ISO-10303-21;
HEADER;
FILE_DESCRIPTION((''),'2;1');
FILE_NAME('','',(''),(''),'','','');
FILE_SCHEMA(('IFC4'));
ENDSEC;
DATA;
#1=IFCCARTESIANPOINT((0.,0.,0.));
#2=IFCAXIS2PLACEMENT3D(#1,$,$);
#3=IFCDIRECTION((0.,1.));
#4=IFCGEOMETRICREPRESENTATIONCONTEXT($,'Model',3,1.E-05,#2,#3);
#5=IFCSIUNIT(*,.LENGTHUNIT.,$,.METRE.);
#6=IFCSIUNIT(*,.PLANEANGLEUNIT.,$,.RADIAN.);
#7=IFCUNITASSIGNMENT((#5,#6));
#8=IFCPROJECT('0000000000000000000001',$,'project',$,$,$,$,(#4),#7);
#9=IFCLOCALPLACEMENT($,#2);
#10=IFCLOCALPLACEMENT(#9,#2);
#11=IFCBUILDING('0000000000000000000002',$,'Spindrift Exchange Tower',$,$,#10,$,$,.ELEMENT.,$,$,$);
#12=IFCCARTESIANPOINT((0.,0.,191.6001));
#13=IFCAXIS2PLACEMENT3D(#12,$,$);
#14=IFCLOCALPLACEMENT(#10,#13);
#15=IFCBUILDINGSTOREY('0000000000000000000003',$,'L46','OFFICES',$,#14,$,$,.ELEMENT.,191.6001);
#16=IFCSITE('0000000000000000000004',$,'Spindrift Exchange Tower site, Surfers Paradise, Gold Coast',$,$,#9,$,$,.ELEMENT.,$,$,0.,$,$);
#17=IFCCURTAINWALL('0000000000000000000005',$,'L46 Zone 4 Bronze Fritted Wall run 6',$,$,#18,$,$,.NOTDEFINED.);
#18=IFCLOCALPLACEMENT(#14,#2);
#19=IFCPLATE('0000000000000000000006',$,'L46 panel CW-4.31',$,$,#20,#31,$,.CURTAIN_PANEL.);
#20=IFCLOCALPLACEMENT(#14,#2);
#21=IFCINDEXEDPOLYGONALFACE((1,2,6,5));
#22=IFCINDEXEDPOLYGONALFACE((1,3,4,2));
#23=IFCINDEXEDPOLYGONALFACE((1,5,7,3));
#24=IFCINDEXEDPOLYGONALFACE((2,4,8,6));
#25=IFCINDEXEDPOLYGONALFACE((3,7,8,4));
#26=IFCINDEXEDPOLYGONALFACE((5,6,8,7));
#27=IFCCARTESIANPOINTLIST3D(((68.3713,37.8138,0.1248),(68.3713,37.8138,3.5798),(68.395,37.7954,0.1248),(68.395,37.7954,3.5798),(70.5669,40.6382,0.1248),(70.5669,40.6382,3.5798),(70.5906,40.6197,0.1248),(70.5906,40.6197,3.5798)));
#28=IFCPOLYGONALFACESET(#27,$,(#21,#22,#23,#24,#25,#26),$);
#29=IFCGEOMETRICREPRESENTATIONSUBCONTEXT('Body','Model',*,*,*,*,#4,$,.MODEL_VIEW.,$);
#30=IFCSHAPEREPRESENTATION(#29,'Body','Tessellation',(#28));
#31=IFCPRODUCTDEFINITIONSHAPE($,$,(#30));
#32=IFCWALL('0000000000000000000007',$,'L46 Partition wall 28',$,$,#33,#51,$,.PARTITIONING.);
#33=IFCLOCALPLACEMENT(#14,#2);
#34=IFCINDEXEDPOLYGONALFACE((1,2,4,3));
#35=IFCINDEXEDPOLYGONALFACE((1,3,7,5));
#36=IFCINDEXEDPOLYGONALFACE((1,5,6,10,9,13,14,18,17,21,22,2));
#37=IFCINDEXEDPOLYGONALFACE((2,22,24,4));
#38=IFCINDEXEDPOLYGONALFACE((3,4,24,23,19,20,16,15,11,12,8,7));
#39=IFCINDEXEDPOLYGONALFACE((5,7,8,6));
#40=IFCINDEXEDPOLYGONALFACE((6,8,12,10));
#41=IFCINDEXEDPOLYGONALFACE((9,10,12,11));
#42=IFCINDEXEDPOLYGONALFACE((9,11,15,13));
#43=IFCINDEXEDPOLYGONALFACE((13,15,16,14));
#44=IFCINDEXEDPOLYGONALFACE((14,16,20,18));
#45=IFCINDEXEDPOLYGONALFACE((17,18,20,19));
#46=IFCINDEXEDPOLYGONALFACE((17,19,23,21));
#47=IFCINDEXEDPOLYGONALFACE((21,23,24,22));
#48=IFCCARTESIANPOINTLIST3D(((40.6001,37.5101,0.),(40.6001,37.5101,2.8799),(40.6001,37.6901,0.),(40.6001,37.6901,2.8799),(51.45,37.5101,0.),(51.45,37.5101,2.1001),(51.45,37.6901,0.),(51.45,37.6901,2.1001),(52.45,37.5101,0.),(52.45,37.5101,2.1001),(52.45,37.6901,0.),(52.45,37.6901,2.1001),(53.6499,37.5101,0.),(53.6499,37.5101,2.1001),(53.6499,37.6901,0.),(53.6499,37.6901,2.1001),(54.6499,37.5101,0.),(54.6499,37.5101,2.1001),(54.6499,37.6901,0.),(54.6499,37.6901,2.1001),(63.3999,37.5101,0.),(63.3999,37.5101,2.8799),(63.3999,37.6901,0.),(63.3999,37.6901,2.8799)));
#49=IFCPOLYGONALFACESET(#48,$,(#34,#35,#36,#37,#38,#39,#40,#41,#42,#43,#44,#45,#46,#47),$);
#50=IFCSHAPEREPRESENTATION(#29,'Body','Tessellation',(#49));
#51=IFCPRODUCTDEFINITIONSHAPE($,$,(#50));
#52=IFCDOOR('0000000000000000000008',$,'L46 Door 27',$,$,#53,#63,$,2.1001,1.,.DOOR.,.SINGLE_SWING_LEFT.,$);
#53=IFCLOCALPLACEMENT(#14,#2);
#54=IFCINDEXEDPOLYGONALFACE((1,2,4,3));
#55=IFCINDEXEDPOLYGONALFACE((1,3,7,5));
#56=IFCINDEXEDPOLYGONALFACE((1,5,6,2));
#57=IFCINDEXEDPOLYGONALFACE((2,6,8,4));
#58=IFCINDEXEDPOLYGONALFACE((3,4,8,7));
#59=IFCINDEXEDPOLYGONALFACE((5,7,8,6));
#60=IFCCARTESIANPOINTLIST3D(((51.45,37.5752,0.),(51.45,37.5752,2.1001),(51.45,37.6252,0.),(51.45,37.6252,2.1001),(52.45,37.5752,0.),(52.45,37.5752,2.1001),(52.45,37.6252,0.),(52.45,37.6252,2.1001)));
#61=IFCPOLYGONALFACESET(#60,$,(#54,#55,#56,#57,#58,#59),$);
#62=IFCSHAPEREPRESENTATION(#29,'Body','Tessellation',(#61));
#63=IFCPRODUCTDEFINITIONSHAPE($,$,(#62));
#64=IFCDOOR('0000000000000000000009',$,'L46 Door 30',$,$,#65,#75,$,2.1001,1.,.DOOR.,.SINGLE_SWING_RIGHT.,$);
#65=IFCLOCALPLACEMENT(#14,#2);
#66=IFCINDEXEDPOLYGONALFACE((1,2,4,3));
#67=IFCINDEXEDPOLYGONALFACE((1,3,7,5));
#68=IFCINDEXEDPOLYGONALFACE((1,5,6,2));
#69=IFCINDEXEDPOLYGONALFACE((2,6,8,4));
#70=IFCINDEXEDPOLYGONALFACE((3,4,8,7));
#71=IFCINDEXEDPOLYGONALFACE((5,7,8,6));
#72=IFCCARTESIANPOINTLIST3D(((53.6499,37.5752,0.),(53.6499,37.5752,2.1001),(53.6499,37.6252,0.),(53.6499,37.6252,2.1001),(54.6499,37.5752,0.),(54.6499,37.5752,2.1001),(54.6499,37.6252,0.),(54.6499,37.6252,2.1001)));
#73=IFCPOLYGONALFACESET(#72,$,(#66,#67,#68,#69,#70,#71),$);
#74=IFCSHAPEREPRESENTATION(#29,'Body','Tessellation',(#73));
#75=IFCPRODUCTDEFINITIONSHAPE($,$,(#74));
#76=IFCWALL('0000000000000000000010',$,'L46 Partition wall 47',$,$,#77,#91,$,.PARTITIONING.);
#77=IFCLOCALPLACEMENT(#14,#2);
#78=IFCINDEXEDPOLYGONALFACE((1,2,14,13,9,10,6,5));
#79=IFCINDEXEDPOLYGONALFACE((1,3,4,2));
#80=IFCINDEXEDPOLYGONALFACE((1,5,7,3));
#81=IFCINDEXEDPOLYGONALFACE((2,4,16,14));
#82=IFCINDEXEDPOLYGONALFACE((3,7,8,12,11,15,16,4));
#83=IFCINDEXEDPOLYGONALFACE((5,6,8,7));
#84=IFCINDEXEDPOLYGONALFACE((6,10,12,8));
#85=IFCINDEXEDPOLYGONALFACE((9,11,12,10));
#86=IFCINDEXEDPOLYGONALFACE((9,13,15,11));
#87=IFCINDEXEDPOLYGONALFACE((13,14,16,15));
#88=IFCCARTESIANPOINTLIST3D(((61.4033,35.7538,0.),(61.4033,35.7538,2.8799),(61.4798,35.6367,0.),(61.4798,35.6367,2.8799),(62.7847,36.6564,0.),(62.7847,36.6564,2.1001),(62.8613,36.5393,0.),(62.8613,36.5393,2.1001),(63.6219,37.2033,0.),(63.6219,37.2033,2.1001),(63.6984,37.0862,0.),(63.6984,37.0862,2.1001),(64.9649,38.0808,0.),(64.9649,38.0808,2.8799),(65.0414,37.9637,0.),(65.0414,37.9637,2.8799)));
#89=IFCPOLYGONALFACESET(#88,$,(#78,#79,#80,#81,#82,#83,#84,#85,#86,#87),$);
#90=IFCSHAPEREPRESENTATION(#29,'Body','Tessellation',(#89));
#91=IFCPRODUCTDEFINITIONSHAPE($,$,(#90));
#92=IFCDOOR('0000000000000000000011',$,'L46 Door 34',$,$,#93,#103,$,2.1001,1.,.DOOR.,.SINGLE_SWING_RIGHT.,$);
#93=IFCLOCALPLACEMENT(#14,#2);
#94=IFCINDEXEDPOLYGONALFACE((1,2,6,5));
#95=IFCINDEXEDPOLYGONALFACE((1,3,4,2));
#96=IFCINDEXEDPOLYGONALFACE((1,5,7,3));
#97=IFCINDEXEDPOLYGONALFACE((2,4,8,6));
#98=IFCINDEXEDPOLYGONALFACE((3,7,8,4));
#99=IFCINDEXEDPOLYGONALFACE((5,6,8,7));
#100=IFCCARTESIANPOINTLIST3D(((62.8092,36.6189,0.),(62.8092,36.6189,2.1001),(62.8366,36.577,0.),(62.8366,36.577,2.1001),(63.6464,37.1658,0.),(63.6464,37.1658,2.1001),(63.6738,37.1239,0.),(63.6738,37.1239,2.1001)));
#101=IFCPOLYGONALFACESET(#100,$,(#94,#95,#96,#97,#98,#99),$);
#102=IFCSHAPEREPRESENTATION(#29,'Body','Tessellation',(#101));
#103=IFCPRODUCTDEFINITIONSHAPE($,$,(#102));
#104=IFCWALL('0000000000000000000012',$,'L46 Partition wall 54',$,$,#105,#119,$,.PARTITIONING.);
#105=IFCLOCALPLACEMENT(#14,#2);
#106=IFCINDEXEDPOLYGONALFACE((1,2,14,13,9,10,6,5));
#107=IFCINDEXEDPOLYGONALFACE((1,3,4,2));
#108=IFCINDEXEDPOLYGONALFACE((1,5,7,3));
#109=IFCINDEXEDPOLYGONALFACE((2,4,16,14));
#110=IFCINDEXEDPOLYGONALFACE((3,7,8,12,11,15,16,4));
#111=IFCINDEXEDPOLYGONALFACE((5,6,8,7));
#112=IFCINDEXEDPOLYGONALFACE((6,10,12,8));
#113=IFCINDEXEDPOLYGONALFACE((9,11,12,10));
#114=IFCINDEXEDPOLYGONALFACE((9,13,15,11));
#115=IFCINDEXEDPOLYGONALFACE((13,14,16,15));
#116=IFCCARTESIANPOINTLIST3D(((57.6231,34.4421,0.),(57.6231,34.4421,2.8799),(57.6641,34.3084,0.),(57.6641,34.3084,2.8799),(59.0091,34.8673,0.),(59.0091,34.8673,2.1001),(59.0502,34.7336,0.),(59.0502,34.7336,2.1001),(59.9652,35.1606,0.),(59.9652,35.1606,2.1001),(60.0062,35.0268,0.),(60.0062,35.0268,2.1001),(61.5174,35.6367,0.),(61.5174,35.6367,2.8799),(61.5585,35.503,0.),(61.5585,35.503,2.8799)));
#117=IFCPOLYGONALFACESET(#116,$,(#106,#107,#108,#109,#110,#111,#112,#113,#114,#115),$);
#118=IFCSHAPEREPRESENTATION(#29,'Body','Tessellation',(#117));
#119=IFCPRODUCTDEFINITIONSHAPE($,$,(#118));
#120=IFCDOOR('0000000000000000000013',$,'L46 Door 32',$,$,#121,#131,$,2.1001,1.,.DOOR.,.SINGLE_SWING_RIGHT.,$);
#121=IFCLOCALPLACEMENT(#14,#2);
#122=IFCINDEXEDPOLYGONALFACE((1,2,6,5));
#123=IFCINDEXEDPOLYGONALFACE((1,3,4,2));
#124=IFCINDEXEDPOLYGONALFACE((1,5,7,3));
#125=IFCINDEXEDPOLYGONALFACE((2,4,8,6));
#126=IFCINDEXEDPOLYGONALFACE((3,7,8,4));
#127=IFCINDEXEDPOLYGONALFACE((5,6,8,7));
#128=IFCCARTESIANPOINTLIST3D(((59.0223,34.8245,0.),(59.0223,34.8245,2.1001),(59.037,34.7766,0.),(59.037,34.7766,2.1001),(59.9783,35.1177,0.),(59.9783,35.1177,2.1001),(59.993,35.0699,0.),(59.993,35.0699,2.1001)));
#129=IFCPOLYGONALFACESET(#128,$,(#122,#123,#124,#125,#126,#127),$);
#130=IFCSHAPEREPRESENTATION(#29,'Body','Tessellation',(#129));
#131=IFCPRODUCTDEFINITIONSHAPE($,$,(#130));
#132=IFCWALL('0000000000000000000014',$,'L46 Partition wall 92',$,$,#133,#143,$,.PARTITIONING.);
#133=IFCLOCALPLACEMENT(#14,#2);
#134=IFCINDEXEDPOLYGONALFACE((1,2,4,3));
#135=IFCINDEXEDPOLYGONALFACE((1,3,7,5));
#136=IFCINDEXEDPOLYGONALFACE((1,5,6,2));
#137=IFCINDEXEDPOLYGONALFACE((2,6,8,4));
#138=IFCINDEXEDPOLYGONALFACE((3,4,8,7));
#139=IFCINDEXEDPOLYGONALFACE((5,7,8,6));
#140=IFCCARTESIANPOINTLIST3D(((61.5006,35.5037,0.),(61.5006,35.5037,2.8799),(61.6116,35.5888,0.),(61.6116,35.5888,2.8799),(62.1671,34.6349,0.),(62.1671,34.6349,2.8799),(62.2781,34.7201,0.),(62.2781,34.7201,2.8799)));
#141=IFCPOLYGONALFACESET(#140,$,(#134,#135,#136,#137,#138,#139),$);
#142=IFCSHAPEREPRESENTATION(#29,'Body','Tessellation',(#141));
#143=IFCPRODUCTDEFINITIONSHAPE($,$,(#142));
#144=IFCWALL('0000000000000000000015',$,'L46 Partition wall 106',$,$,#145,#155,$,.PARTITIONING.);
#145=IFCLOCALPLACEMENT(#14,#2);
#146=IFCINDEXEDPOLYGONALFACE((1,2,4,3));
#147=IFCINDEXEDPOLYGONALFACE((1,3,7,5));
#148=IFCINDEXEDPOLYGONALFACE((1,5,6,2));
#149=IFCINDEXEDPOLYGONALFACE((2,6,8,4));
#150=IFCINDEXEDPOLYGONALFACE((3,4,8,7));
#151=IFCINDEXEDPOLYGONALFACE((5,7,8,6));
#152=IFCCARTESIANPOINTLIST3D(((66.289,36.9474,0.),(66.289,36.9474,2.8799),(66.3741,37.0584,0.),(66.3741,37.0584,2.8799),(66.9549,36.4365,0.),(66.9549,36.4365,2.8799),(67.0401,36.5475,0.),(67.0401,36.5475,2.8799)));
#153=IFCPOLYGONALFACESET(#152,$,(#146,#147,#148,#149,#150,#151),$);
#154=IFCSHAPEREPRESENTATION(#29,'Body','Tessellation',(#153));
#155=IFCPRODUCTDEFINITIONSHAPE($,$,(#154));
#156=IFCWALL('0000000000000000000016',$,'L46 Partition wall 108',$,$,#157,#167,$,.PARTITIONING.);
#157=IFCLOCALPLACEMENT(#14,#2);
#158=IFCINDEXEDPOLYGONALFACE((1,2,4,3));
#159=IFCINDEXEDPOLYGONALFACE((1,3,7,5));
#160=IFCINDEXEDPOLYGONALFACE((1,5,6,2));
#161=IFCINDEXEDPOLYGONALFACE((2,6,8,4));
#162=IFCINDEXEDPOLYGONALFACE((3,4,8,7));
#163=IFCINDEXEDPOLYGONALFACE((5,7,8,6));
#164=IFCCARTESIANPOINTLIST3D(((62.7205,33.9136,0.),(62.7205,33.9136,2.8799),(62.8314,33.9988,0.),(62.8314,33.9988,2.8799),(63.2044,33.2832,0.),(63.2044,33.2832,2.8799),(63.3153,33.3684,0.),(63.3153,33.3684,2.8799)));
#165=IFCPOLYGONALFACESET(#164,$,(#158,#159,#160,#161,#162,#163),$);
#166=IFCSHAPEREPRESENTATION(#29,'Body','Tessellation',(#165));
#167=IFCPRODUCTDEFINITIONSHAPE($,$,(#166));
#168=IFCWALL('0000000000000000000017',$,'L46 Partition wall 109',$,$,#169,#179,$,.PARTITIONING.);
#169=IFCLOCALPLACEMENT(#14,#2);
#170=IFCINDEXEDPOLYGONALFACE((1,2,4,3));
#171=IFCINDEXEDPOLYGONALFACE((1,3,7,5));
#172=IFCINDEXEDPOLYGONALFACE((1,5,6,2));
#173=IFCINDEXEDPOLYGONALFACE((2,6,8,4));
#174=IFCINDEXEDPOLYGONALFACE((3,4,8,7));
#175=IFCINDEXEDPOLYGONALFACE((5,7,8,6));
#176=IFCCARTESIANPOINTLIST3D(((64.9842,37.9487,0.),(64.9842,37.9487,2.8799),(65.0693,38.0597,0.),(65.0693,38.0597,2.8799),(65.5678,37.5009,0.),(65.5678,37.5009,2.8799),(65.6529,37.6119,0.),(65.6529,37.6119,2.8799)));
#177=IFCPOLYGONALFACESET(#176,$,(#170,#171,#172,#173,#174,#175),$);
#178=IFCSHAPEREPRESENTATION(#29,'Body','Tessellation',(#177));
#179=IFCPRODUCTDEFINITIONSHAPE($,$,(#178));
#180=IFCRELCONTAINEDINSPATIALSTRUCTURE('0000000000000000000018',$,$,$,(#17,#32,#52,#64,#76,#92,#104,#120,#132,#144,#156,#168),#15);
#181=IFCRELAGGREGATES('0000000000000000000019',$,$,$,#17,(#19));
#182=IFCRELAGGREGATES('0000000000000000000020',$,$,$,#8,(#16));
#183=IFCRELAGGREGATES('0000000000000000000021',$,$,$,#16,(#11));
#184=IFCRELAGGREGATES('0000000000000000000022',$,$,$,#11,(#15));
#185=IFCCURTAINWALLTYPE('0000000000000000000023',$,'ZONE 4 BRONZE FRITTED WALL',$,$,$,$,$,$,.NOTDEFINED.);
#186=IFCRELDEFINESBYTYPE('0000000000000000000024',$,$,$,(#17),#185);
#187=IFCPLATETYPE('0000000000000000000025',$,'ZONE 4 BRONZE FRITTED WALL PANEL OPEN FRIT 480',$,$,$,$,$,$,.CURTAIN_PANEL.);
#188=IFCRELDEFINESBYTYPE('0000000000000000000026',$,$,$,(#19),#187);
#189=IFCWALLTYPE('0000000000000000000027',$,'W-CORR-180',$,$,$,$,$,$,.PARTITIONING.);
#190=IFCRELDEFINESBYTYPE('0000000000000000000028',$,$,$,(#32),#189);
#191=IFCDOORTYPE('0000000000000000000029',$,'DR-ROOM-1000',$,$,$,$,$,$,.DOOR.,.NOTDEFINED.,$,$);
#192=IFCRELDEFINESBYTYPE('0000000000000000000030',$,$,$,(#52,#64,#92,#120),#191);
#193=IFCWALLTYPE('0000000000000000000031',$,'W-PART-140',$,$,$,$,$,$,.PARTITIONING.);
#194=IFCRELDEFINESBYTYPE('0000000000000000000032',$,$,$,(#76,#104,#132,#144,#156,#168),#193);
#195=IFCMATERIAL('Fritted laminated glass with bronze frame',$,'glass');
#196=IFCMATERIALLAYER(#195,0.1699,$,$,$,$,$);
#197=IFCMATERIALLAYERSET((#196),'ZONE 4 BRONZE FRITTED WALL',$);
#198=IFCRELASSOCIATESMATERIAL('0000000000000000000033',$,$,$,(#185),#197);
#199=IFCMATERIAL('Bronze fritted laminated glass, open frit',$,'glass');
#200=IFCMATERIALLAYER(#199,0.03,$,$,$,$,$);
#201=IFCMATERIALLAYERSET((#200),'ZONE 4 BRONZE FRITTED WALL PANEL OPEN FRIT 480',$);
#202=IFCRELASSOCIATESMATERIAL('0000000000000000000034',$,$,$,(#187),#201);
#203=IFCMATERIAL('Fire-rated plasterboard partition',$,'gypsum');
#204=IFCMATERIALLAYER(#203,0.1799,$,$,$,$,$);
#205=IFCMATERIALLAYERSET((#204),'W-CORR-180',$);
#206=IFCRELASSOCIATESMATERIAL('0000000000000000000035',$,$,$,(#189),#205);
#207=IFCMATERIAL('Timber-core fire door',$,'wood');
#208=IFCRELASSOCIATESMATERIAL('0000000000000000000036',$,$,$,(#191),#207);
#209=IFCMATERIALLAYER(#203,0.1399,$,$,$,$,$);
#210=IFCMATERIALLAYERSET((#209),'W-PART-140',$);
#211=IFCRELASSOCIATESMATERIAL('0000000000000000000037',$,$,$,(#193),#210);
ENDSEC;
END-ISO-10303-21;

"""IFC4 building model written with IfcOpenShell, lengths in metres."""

from ifc_helpers import new_model, si_unit, direction, frame, frame_2d, origin, origin_2d, place, context, subcontext, project, spatial, rectangle, extrude, source, transform, mapped, material, layer, layer_set, type_object, element, fill, aggregate, save


model = new_model("IFC4")

# Units and contexts
model_context = context("Model", 3, precision=1e-05, world=origin(), true_north=direction((0.0, 1.0)))
body_context = subcontext(model_context, "Body", "Model", "MODEL_VIEW")
ifc_project = project(units=[si_unit("LENGTHUNIT", "METRE"), si_unit("PLANEANGLEUNIT", "RADIAN")], contexts=[model_context])

# Site, building, storey
site_placement = place(None, origin())
site = spatial("IfcSite", under=ifc_project, at=site_placement, Name="Spindrift Exchange Tower site, Surfers Paradise, Gold Coast", CompositionType="ELEMENT", RefElevation=0.0)
building_placement = place(site_placement, origin())
building = spatial("IfcBuilding", under=site, at=building_placement, Name="Spindrift Exchange Tower", CompositionType="ELEMENT")
storey_placement = place(building_placement, frame((0.0, 0.0, 191.6001)))
storey = spatial("IfcBuildingStorey", under=building, at=storey_placement, Name="L46", Description="OFFICES", CompositionType="ELEMENT", Elevation=191.6001)

# Shared definitions
ifc_material_1 = material(Name="Fritted laminated glass with bronze frame", Category="glass")
ifc_layer_1 = layer(ifc_material_1, 0.1699)
ifc_layer_set_1 = layer_set([ifc_layer_1], Name="ZONE 4 BRONZE FRITTED WALL")
curtain_wall_type = type_object("IfcCurtainWallType", Name="ZONE 4 BRONZE FRITTED WALL", PredefinedType="NOTDEFINED", material=ifc_layer_set_1)

# Curtain wall
curtain_wall_1_placement = place(storey_placement, origin())
curtain_wall_1 = element("IfcCurtainWall", 1, at=curtain_wall_1_placement, inside=storey, type_object=curtain_wall_type, Name="L46 Zone 4 Bronze Fritted Wall run 6", PredefinedType="NOTDEFINED")

# Plate
ifc_material_2 = material(Name="Bronze fritted laminated glass, open frit", Category="glass")
ifc_layer_2 = layer(ifc_material_2, 0.03)
ifc_layer_set_2 = layer_set([ifc_layer_2], Name="ZONE 4 BRONZE FRITTED WALL PANEL OPEN FRIT 480")
plate_type_1 = type_object("IfcPlateType", Name="ZONE 4 BRONZE FRITTED WALL PANEL OPEN FRIT 480", PredefinedType="CURTAIN_PANEL", material=ifc_layer_set_2)
shared_shape_1 = source(origin(), body_context, "Body", "SweptSolid", [
    extrude(rectangle(XDim=3.5774, YDim=0.03, at=origin_2d()), origin(), (0.0, 0.0, 1.0), 3.4551),
])
plate_1_placement = place(storey_placement, frame((69.481, 39.2168, 0.1248), z_axis=(0.0, 0.0, 1.0), x_axis=(0.613756, 0.789496, 0.0)))
plate_1 = element("IfcPlate", 2, at=plate_1_placement, type_object=plate_type_1, Name="L46 panel CW-4.31", PredefinedType="CURTAIN_PANEL", context=body_context, shape_type="MappedRepresentation", body=[
    mapped(shared_shape_1, transform((0.0, 0.0, 0.0), scale=1.0)),
])
aggregate(curtain_wall_1, [plate_1])

# Wall, openings, doors
ifc_material_3 = material(Name="Fire-rated plasterboard partition", Category="gypsum")
ifc_layer_3 = layer(ifc_material_3, 0.1799)
ifc_layer_set_3 = layer_set([ifc_layer_3], Name="W-CORR-180")
wall_type_1 = type_object("IfcWallType", Name="W-CORR-180", PredefinedType="PARTITIONING", material=ifc_layer_set_3)
wall_1_placement = place(storey_placement, frame((63.3999, 37.6001, 0.0), z_axis=(0.0, 0.0, 1.0), x_axis=(-1.0, 0.0, 0.0)))
wall_1 = element("IfcWall", 3, at=wall_1_placement, inside=storey, type_object=wall_type_1, Name="L46 Partition wall 28", PredefinedType="PARTITIONING", context=body_context, shape_type="SweptSolid", body=[
    extrude(rectangle(XDim=22.7998, YDim=0.1799, at=frame_2d((11.3999, 0.0))), origin(), (0.0, 0.0, 1.0), 2.8799),
])
opening_1_placement = place(wall_1_placement, frame((10.95, 0.0, 0.0)))
opening_1 = element("IfcOpeningElement", 4, at=opening_1_placement, cuts=wall_1, PredefinedType="OPENING", context=body_context, shape_type="SweptSolid", body=[
    extrude(rectangle(XDim=1.0, YDim=2.1001, at=frame_2d((0.5, 1.05))), frame((0.0, 0.0999, 0.0), z_axis=(0.0, -1.0, 0.0), x_axis=(1.0, 0.0, 0.0)), (0.0, 0.0, 1.0), 0.2),
])
opening_2_placement = place(wall_1_placement, frame((8.75, 0.0, 0.0)))
opening_2 = element("IfcOpeningElement", 5, at=opening_2_placement, cuts=wall_1, PredefinedType="OPENING", context=body_context, shape_type="SweptSolid", body=[
    extrude(rectangle(XDim=1.0, YDim=2.1001, at=frame_2d((0.5, 1.05))), frame((0.0, 0.0999, 0.0), z_axis=(0.0, -1.0, 0.0), x_axis=(1.0, 0.0, 0.0)), (0.0, 0.0, 1.0), 0.2),
])
ifc_material_4 = material(Name="Timber-core fire door", Category="wood")
door_type = type_object("IfcDoorType", Name="DR-ROOM-1000", OperationType="NOTDEFINED", PredefinedType="DOOR", material=ifc_material_4)
shared_shape_2 = source(origin(), body_context, "Body", "SweptSolid", [
    extrude(rectangle(XDim=1.0, YDim=2.1001, at=frame_2d((0.5, 1.05))), frame((0.0, 0.0249, 0.0), z_axis=(0.0, -1.0, 0.0), x_axis=(1.0, 0.0, 0.0)), (0.0, 0.0, 1.0), 0.05),
])
door_1_placement = place(opening_1_placement, origin())
door_1 = element("IfcDoor", 6, at=door_1_placement, inside=storey, type_object=door_type, Name="L46 Door 27", OperationType="SINGLE_SWING_LEFT", OverallHeight=2.1001, OverallWidth=1.0, PredefinedType="DOOR", context=body_context, shape_type="MappedRepresentation", body=[
    mapped(shared_shape_2, transform((0.0, 0.0, 0.0), scale=1.0)),
])
fill(opening_1, door_1)
door_2_placement = place(opening_2_placement, origin())
door_2 = element("IfcDoor", 7, at=door_2_placement, inside=storey, type_object=door_type, Name="L46 Door 30", OperationType="SINGLE_SWING_RIGHT", OverallHeight=2.1001, OverallWidth=1.0, PredefinedType="DOOR", context=body_context, shape_type="MappedRepresentation", body=[
    mapped(shared_shape_2, transform((0.0, 0.0, 0.0), scale=1.0)),
])
fill(opening_2, door_2)

# Walls, openings, doors
ifc_layer_4 = layer(ifc_material_3, 0.1399)
ifc_layer_set_4 = layer_set([ifc_layer_4], Name="W-PART-140")
wall_type_2 = type_object("IfcWallType", Name="W-PART-140", PredefinedType="PARTITIONING", material=ifc_layer_set_4)
wall_2_placement = place(storey_placement, frame((65.0032, 38.0222, 0.0), z_axis=(0.0, 0.0, 1.0), x_axis=(-0.837162, -0.546956, 0.0)))
wall_2 = element("IfcWall", 8, at=wall_2_placement, inside=storey, type_object=wall_type_2, Name="L46 Partition wall 47", PredefinedType="PARTITIONING", context=body_context, shape_type="SweptSolid", body=[
    extrude(rectangle(XDim=4.2544, YDim=0.1399, at=frame_2d((2.1272, 0.0))), origin(), (0.0, 0.0, 1.0), 2.8799),
])
opening_3_placement = place(wall_2_placement, frame((1.6042, 0.0, 0.0)))
opening_3 = element("IfcOpeningElement", 9, at=opening_3_placement, cuts=wall_2, PredefinedType="OPENING", context=body_context, shape_type="SweptSolid", body=[
    extrude(rectangle(XDim=1.0, YDim=2.1001, at=frame_2d((0.5, 1.05))), frame((0.0, 0.0798, 0.0), z_axis=(0.0, -1.0, 0.0), x_axis=(1.0, 0.0, 0.0)), (0.0, 0.0, 1.0), 0.1599),
])
door_3_placement = place(opening_3_placement, origin())
door_3 = element("IfcDoor", 10, at=door_3_placement, inside=storey, type_object=door_type, Name="L46 Door 34", OperationType="SINGLE_SWING_RIGHT", OverallHeight=2.1001, OverallWidth=1.0, PredefinedType="DOOR", context=body_context, shape_type="MappedRepresentation", body=[
    mapped(shared_shape_2, transform((0.0, 0.0, 0.0), scale=1.0)),
])
fill(opening_3, door_3)
wall_3_placement = place(storey_placement, frame((61.5378, 35.5698, 0.0), z_axis=(0.0, 0.0, 1.0), x_axis=(-0.956031, -0.293264, 0.0)))
wall_3 = element("IfcWall", 11, at=wall_3_placement, inside=storey, type_object=wall_type_2, Name="L46 Partition wall 54", PredefinedType="PARTITIONING", context=body_context, shape_type="SweptSolid", body=[
    extrude(rectangle(XDim=4.0735, YDim=0.1399, at=frame_2d((2.0366, 0.0))), origin(), (0.0, 0.0, 1.0), 2.8799),
])
opening_4_placement = place(wall_3_placement, frame((1.6235, 0.0, 0.0)))
opening_4 = element("IfcOpeningElement", 12, at=opening_4_placement, cuts=wall_3, PredefinedType="OPENING", context=body_context, shape_type="SweptSolid", body=[
    extrude(rectangle(XDim=1.0, YDim=2.1001, at=frame_2d((0.5, 1.05))), frame((0.0, 0.0798, 0.0), z_axis=(0.0, -1.0, 0.0), x_axis=(1.0, 0.0, 0.0)), (0.0, 0.0, 1.0), 0.1599),
])
door_4_placement = place(opening_4_placement, origin())
door_4 = element("IfcDoor", 13, at=door_4_placement, inside=storey, type_object=door_type, Name="L46 Door 32", OperationType="SINGLE_SWING_RIGHT", OverallHeight=2.1001, OverallWidth=1.0, PredefinedType="DOOR", context=body_context, shape_type="MappedRepresentation", body=[
    mapped(shared_shape_2, transform((0.0, 0.0, 0.0), scale=1.0)),
])
fill(opening_4, door_4)

# Walls
wall_4_placement = place(storey_placement, frame((61.5562, 35.5461, 0.0), z_axis=(0.0, 0.0, 1.0), x_axis=(0.60874, -0.793369, 0.0)))
element("IfcWall", 14, at=wall_4_placement, inside=storey, type_object=wall_type_2, Name="L46 Partition wall 92", PredefinedType="PARTITIONING", context=body_context, shape_type="SweptSolid", body=[
    extrude(rectangle(XDim=1.095, YDim=0.1399, at=frame_2d((0.5474, 0.0))), origin(), (0.0, 0.0, 1.0), 2.8799),
])
wall_5_placement = place(storey_placement, frame((66.3315, 37.0029, 0.0), z_axis=(0.0, 0.0, 1.0), x_axis=(0.793391, -0.608712, 0.0)))
element("IfcWall", 15, at=wall_5_placement, inside=storey, type_object=wall_type_2, Name="L46 Partition wall 106", PredefinedType="PARTITIONING", context=body_context, shape_type="SweptSolid", body=[
    extrude(rectangle(XDim=0.8394, YDim=0.1399, at=frame_2d((0.4197, 0.0))), origin(), (0.0, 0.0, 1.0), 2.8799),
])
wall_6_placement = place(storey_placement, frame((62.7759, 33.9563, 0.0), z_axis=(0.0, 0.0, 1.0), x_axis=(0.608909, -0.79324, 0.0)))
element("IfcWall", 16, at=wall_6_placement, inside=storey, type_object=wall_type_2, Name="L46 Partition wall 108", PredefinedType="PARTITIONING", context=body_context, shape_type="SweptSolid", body=[
    extrude(rectangle(XDim=0.7947, YDim=0.1399, at=frame_2d((0.3975, 0.0))), origin(), (0.0, 0.0, 1.0), 2.8799),
])
wall_7_placement = place(storey_placement, frame((65.0269, 38.0042, 0.0), z_axis=(0.0, 0.0, 1.0), x_axis=(0.793339, -0.60878, 0.0)))
element("IfcWall", 17, at=wall_7_placement, inside=storey, type_object=wall_type_2, Name="L46 Partition wall 109", PredefinedType="PARTITIONING", context=body_context, shape_type="SweptSolid", body=[
    extrude(rectangle(XDim=0.7356, YDim=0.1399, at=frame_2d((0.3677, 0.0))), origin(), (0.0, 0.0, 1.0), 2.8799),
])

save(model, "model.ifc")
